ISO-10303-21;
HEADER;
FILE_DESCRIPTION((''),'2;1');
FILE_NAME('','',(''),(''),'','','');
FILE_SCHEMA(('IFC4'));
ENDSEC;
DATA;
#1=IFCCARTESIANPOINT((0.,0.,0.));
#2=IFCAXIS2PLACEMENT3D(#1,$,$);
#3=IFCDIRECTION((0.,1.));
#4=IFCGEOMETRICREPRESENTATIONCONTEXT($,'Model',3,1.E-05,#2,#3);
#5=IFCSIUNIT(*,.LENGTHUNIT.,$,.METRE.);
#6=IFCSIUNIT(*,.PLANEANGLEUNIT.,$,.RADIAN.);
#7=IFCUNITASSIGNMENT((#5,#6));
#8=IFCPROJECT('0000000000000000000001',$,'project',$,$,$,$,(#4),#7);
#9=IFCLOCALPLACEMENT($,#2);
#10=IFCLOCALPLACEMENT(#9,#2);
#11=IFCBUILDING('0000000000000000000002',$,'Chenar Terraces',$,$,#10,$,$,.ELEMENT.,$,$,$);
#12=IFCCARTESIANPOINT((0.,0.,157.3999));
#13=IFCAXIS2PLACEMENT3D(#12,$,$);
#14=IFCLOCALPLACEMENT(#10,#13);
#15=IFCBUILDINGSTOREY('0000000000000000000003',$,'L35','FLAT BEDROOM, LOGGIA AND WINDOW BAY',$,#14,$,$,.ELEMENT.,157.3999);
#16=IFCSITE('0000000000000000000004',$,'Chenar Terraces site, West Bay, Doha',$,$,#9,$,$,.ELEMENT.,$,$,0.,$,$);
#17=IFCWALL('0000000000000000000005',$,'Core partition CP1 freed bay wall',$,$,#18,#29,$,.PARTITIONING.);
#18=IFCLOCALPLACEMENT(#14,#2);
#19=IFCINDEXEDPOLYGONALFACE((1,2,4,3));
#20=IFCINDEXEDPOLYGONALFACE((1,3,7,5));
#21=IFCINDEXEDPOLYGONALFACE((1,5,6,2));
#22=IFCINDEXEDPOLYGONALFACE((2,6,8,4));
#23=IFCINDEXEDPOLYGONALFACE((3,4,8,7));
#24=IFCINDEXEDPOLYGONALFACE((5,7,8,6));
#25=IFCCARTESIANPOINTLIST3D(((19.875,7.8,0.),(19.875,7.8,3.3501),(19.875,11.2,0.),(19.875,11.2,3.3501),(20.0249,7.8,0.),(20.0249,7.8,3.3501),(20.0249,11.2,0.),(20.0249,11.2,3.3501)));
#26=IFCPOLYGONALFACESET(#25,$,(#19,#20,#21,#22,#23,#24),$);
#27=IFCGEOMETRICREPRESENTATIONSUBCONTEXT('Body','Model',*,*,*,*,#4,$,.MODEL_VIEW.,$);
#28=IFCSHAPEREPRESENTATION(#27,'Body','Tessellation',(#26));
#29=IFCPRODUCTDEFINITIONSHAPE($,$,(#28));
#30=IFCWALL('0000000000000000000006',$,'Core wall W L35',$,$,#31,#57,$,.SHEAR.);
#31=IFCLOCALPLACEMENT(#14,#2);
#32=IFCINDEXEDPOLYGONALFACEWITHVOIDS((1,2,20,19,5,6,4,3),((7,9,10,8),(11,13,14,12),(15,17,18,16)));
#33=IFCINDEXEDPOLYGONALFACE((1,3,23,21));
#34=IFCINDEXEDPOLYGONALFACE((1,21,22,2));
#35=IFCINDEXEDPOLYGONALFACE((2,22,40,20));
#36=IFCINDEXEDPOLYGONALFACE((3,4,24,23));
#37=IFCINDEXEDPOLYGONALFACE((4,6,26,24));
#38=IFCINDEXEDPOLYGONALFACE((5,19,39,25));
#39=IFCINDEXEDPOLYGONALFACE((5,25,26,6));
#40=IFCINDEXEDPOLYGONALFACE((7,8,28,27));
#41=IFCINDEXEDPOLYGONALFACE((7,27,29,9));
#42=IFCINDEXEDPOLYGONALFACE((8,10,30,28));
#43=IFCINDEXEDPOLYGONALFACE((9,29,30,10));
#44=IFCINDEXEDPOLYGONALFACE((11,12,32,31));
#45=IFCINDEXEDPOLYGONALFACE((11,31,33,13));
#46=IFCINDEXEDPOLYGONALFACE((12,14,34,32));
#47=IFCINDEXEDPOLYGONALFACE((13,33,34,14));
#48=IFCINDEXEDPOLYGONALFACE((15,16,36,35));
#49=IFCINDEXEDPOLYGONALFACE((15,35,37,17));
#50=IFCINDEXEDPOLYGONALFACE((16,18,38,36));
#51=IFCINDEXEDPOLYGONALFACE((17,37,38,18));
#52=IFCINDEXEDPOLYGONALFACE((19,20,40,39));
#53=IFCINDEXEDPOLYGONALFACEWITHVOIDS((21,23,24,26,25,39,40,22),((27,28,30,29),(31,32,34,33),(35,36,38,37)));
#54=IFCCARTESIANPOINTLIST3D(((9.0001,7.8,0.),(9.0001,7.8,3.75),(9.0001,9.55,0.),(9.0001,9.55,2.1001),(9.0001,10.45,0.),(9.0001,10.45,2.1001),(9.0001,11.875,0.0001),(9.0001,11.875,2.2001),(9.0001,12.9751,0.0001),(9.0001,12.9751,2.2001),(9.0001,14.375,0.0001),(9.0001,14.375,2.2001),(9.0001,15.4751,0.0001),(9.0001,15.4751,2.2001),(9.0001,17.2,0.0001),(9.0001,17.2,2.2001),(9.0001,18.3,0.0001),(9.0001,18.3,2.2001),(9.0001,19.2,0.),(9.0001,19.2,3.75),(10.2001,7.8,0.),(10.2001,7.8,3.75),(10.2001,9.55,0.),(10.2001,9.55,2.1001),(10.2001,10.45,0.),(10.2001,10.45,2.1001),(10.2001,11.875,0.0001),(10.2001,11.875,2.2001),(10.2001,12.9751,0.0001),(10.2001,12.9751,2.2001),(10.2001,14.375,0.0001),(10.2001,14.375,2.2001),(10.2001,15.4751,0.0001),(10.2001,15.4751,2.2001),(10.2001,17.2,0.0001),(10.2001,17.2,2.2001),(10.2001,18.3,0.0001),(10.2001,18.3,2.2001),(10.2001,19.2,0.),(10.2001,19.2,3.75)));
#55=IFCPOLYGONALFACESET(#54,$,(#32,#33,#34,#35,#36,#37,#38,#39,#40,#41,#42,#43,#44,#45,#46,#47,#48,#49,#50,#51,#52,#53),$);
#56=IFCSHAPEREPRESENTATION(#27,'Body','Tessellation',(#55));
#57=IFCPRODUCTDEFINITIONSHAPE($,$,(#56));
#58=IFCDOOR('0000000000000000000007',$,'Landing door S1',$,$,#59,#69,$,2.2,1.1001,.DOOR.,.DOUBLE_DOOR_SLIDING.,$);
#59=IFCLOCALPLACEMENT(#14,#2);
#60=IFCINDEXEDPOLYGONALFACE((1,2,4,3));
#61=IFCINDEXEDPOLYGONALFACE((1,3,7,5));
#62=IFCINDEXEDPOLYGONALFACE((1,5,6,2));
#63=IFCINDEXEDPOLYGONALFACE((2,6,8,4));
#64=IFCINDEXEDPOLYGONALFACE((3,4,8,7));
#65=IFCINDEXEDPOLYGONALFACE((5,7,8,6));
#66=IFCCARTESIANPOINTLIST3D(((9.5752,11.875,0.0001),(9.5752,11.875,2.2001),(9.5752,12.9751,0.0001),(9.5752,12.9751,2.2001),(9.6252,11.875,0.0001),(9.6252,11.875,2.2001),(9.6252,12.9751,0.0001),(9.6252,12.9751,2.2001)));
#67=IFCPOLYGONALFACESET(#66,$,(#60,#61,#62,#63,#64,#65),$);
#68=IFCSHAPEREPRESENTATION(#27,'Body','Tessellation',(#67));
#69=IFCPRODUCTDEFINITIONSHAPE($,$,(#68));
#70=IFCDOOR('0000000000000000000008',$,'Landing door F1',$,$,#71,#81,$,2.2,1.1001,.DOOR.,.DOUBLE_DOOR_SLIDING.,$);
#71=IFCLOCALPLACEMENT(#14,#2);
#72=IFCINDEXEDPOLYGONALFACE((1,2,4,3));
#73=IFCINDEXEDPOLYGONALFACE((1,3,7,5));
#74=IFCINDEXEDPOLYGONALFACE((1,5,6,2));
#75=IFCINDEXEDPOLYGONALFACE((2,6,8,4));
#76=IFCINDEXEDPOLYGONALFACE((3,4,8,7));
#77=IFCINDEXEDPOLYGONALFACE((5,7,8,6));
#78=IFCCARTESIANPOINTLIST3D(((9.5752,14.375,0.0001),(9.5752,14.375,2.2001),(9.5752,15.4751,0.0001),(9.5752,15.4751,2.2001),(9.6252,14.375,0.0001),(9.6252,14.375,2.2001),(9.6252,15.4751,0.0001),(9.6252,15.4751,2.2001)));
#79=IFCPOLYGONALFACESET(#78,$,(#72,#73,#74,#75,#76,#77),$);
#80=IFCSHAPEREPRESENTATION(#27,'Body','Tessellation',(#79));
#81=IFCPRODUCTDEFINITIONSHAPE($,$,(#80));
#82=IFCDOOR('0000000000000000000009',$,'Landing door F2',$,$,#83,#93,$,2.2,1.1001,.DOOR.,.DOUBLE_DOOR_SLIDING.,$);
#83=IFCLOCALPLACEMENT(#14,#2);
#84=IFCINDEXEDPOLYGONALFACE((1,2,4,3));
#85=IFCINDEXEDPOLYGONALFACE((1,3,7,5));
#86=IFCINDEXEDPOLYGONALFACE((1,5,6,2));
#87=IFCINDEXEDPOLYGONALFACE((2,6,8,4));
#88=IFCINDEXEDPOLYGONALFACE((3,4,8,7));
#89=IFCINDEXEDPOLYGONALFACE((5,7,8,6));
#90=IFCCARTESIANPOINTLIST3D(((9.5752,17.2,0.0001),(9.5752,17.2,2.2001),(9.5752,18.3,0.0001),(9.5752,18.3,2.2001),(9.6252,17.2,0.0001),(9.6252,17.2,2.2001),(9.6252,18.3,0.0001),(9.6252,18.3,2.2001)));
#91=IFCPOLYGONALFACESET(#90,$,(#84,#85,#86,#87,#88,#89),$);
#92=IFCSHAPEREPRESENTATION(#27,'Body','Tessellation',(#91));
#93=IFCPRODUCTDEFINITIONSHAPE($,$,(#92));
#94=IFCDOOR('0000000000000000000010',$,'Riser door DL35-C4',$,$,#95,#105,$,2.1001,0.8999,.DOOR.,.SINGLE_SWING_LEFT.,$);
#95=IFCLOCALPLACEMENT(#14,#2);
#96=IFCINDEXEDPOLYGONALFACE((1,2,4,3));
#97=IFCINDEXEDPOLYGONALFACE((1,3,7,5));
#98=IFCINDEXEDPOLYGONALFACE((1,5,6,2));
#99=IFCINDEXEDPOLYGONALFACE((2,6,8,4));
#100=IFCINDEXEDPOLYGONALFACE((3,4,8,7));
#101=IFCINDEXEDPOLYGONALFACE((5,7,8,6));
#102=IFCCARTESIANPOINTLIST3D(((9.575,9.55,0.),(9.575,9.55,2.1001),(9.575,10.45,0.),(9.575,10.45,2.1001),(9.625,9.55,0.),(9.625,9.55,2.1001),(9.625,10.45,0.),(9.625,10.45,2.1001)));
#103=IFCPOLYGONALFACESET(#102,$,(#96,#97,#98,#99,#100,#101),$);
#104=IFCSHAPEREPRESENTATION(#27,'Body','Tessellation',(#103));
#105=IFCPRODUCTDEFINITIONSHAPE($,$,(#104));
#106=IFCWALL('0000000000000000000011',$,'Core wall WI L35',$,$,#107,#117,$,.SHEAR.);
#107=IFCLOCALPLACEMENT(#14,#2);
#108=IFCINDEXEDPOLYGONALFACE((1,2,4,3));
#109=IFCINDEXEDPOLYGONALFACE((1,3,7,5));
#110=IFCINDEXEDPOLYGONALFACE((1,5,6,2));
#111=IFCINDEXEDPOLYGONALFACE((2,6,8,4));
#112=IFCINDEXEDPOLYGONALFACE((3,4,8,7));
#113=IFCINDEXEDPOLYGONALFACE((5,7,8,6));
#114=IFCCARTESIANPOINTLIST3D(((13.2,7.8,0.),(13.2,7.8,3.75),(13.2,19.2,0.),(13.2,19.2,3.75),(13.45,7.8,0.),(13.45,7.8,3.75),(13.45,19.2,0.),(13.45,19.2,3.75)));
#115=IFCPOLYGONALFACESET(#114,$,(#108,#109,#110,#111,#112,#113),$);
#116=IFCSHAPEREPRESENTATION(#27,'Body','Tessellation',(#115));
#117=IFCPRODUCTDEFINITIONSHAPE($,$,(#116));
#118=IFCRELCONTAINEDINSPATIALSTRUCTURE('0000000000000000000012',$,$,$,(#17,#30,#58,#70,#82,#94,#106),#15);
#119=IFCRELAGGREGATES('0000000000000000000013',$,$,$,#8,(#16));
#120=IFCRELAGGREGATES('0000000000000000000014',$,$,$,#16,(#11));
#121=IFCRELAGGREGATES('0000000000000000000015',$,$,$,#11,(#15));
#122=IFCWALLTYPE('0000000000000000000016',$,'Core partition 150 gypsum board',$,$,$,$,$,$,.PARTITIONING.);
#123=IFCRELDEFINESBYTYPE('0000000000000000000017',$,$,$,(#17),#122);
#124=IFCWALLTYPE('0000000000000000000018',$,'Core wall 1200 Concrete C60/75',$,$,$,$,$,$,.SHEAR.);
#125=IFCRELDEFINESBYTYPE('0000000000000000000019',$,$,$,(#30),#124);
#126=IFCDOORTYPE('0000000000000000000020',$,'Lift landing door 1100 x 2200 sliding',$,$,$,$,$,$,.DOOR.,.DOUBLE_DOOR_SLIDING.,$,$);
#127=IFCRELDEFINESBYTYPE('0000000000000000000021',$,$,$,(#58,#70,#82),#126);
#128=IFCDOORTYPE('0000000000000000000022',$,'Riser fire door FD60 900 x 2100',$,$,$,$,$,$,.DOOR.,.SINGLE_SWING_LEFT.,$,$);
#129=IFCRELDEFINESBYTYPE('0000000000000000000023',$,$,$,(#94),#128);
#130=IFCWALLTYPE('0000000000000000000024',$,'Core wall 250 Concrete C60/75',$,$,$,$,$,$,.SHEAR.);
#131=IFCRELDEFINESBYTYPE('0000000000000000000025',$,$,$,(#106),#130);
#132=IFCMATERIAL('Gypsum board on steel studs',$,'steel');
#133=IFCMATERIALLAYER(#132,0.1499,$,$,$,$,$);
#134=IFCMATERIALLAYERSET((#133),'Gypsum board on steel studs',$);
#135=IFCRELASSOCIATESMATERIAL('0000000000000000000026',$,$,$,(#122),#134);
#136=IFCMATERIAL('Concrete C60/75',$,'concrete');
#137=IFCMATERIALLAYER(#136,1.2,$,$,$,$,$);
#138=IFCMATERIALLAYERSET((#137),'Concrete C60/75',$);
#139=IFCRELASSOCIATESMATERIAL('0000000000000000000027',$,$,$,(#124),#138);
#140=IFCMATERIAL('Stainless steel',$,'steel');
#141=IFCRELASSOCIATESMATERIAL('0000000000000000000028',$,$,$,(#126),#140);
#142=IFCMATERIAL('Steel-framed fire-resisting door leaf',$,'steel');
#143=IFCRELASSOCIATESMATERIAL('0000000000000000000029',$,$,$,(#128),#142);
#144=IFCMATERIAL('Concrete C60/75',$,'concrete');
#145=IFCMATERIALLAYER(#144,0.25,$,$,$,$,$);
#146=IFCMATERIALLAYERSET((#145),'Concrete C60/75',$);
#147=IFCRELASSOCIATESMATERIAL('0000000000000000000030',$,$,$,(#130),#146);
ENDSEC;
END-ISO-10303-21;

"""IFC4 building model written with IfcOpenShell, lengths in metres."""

from ifc_helpers import new_model, si_unit, direction, frame, frame_2d, origin, place, context, subcontext, project, spatial, rectangle, extrude, material, layer, layer_set, type_object, element, fill, save


model = new_model("IFC4")

# Units and contexts
model_context = context("Model", 3, precision=1e-05, world=origin(), true_north=direction((0.0, 1.0)))
body_context = subcontext(model_context, "Body", "Model", "MODEL_VIEW")
ifc_project = project(units=[si_unit("LENGTHUNIT", "METRE"), si_unit("PLANEANGLEUNIT", "RADIAN")], contexts=[model_context])

# Site, building, storey
site_placement = place(None, origin())
site = spatial("IfcSite", under=ifc_project, at=site_placement, Name="Chenar Terraces site, West Bay, Doha", CompositionType="ELEMENT", RefElevation=0.0)
building_placement = place(site_placement, origin())
building = spatial("IfcBuilding", under=site, at=building_placement, Name="Chenar Terraces", CompositionType="ELEMENT")
storey_placement = place(building_placement, frame((0.0, 0.0, 157.3999)))
storey = spatial("IfcBuildingStorey", under=building, at=storey_placement, Name="L35", Description="FLAT BEDROOM, LOGGIA AND WINDOW BAY", CompositionType="ELEMENT", Elevation=157.3999)

# Wall
ifc_material_1 = material(Name="Gypsum board on steel studs", Category="steel")
ifc_layer_1 = layer(ifc_material_1, 0.1499)
ifc_layer_set_1 = layer_set([ifc_layer_1], Name="Gypsum board on steel studs")
wall_type_1 = type_object("IfcWallType", Name="Core partition 150 gypsum board", PredefinedType="PARTITIONING", material=ifc_layer_set_1)
wall_1_placement = place(storey_placement, frame((19.95, 7.8, 0.0), z_axis=(0.0, 0.0, 1.0), x_axis=(0.0, 1.0, 0.0)))
element("IfcWall", 1, at=wall_1_placement, inside=storey, type_object=wall_type_1, Name="Core partition CP1 freed bay wall", PredefinedType="PARTITIONING", context=body_context, shape_type="SweptSolid", body=[
    extrude(rectangle(XDim=3.3999, YDim=0.1499, at=frame_2d((1.7, 0.0))), origin(), (0.0, 0.0, 1.0), 3.3501),
])

# Wall, openings, doors
ifc_material_2 = material(Name="Concrete C60/75", Category="concrete")
ifc_layer_2 = layer(ifc_material_2, 1.2)
ifc_layer_set_2 = layer_set([ifc_layer_2], Name="Concrete C60/75")
wall_type_2 = type_object("IfcWallType", Name="Core wall 1200 Concrete C60/75", PredefinedType="SHEAR", material=ifc_layer_set_2)
wall_2_placement = place(storey_placement, frame((9.6001, 7.8, 0.0), z_axis=(0.0, 0.0, 1.0), x_axis=(0.0, 1.0, 0.0)))
wall_2 = element("IfcWall", 2, at=wall_2_placement, inside=storey, type_object=wall_type_2, Name="Core wall W L35", PredefinedType="SHEAR", context=body_context, shape_type="SweptSolid", body=[
    extrude(rectangle(XDim=11.3999, YDim=1.2, at=frame_2d((5.7, 0.0))), origin(), (0.0, 0.0, 1.0), 3.75),
])
opening_1_placement = place(wall_2_placement, frame((4.075, 0.0, 0.0)))
opening_1 = element("IfcOpeningElement", 3, at=opening_1_placement, cuts=wall_2, PredefinedType="OPENING", context=body_context, shape_type="SweptSolid", body=[
    extrude(rectangle(XDim=1.1001, YDim=2.2, at=frame_2d((0.55, 1.1001))), frame((0.0, 0.6099, 0.0), z_axis=(0.0, -1.0, 0.0), x_axis=(1.0, 0.0, 0.0)), (0.0, 0.0, 1.0), 1.22),
])
opening_2_placement = place(wall_2_placement, frame((6.575, 0.0, 0.0)))
opening_2 = element("IfcOpeningElement", 4, at=opening_2_placement, cuts=wall_2, PredefinedType="OPENING", context=body_context, shape_type="SweptSolid", body=[
    extrude(rectangle(XDim=1.1001, YDim=2.2, at=frame_2d((0.55, 1.1001))), frame((0.0, 0.6099, 0.0), z_axis=(0.0, -1.0, 0.0), x_axis=(1.0, 0.0, 0.0)), (0.0, 0.0, 1.0), 1.22),
])
opening_3_placement = place(wall_2_placement, frame((9.3999, 0.0, 0.0)))
opening_3 = element("IfcOpeningElement", 5, at=opening_3_placement, cuts=wall_2, PredefinedType="OPENING", context=body_context, shape_type="SweptSolid", body=[
    extrude(rectangle(XDim=1.1001, YDim=2.2, at=frame_2d((0.55, 1.1001))), frame((0.0, 0.6099, 0.0), z_axis=(0.0, -1.0, 0.0), x_axis=(1.0, 0.0, 0.0)), (0.0, 0.0, 1.0), 1.22),
])
opening_4_placement = place(wall_2_placement, frame((1.75, 0.0, 0.0)))
opening_4 = element("IfcOpeningElement", 6, at=opening_4_placement, cuts=wall_2, PredefinedType="OPENING", context=body_context, shape_type="SweptSolid", body=[
    extrude(rectangle(XDim=0.8999, YDim=2.1001, at=frame_2d((0.45, 1.05))), frame((0.0, 0.6099, 0.0), z_axis=(0.0, -1.0, 0.0), x_axis=(1.0, 0.0, 0.0)), (0.0, 0.0, 1.0), 1.22),
])
ifc_material_3 = material(Name="Stainless steel", Category="steel")
door_type_1 = type_object("IfcDoorType", Name="Lift landing door 1100 x 2200 sliding", OperationType="DOUBLE_DOOR_SLIDING", PredefinedType="DOOR", material=ifc_material_3)
door_1_placement = place(opening_1_placement, origin())
door_1 = element("IfcDoor", 7, at=door_1_placement, inside=storey, type_object=door_type_1, Name="Landing door S1", OperationType="DOUBLE_DOOR_SLIDING", OverallHeight=2.2, OverallWidth=1.1001, PredefinedType="DOOR", context=body_context, shape_type="SweptSolid", body=[
    extrude(rectangle(XDim=1.1001, YDim=2.2, at=frame_2d((0.55, 1.1001))), frame((0.0, 0.0249, 0.0), z_axis=(0.0, -1.0, 0.0), x_axis=(1.0, 0.0, 0.0)), (0.0, 0.0, 1.0), 0.05),
])
fill(opening_1, door_1)
door_2_placement = place(opening_2_placement, origin())
door_2 = element("IfcDoor", 8, at=door_2_placement, inside=storey, type_object=door_type_1, Name="Landing door F1", OperationType="DOUBLE_DOOR_SLIDING", OverallHeight=2.2, OverallWidth=1.1001, PredefinedType="DOOR", context=body_context, shape_type="SweptSolid", body=[
    extrude(rectangle(XDim=1.1001, YDim=2.2, at=frame_2d((0.55, 1.1001))), frame((0.0, 0.0249, 0.0), z_axis=(0.0, -1.0, 0.0), x_axis=(1.0, 0.0, 0.0)), (0.0, 0.0, 1.0), 0.05),
])
fill(opening_2, door_2)
door_3_placement = place(opening_3_placement, origin())
door_3 = element("IfcDoor", 9, at=door_3_placement, inside=storey, type_object=door_type_1, Name="Landing door F2", OperationType="DOUBLE_DOOR_SLIDING", OverallHeight=2.2, OverallWidth=1.1001, PredefinedType="DOOR", context=body_context, shape_type="SweptSolid", body=[
    extrude(rectangle(XDim=1.1001, YDim=2.2, at=frame_2d((0.55, 1.1001))), frame((0.0, 0.0249, 0.0), z_axis=(0.0, -1.0, 0.0), x_axis=(1.0, 0.0, 0.0)), (0.0, 0.0, 1.0), 0.05),
])
fill(opening_3, door_3)
ifc_material_4 = material(Name="Steel-framed fire-resisting door leaf", Category="steel")
door_type_2 = type_object("IfcDoorType", Name="Riser fire door FD60 900 x 2100", OperationType="SINGLE_SWING_LEFT", PredefinedType="DOOR", material=ifc_material_4)
door_4_placement = place(opening_4_placement, frame((0.8999, 0.0, 0.0), z_axis=(0.0, 0.0, 1.0), x_axis=(-1.0, 0.0, 0.0)))
door_4 = element("IfcDoor", 10, at=door_4_placement, inside=storey, type_object=door_type_2, Name="Riser door DL35-C4", OperationType="SINGLE_SWING_LEFT", OverallHeight=2.1001, OverallWidth=0.8999, PredefinedType="DOOR", context=body_context, shape_type="SweptSolid", body=[
    extrude(rectangle(XDim=0.8999, YDim=2.1001, at=frame_2d((0.45, 1.05))), frame((0.0, 0.0249, 0.0), z_axis=(0.0, -1.0, 0.0), x_axis=(1.0, 0.0, 0.0)), (0.0, 0.0, 1.0), 0.05),
])
fill(opening_4, door_4)

# Wall
ifc_material_5 = material(Name="Concrete C60/75", Category="concrete")
ifc_layer_3 = layer(ifc_material_5, 0.25)
ifc_layer_set_3 = layer_set([ifc_layer_3], Name="Concrete C60/75")
wall_type_3 = type_object("IfcWallType", Name="Core wall 250 Concrete C60/75", PredefinedType="SHEAR", material=ifc_layer_set_3)
wall_3_placement = place(storey_placement, frame((13.325, 7.8, 0.0), z_axis=(0.0, 0.0, 1.0), x_axis=(0.0, 1.0, 0.0)))
element("IfcWall", 11, at=wall_3_placement, inside=storey, type_object=wall_type_3, Name="Core wall WI L35", PredefinedType="SHEAR", context=body_context, shape_type="SweptSolid", body=[
    extrude(rectangle(XDim=11.3999, YDim=0.25, at=frame_2d((5.7, 0.0))), origin(), (0.0, 0.0, 1.0), 3.75),
])

save(model, "model.ifc")
